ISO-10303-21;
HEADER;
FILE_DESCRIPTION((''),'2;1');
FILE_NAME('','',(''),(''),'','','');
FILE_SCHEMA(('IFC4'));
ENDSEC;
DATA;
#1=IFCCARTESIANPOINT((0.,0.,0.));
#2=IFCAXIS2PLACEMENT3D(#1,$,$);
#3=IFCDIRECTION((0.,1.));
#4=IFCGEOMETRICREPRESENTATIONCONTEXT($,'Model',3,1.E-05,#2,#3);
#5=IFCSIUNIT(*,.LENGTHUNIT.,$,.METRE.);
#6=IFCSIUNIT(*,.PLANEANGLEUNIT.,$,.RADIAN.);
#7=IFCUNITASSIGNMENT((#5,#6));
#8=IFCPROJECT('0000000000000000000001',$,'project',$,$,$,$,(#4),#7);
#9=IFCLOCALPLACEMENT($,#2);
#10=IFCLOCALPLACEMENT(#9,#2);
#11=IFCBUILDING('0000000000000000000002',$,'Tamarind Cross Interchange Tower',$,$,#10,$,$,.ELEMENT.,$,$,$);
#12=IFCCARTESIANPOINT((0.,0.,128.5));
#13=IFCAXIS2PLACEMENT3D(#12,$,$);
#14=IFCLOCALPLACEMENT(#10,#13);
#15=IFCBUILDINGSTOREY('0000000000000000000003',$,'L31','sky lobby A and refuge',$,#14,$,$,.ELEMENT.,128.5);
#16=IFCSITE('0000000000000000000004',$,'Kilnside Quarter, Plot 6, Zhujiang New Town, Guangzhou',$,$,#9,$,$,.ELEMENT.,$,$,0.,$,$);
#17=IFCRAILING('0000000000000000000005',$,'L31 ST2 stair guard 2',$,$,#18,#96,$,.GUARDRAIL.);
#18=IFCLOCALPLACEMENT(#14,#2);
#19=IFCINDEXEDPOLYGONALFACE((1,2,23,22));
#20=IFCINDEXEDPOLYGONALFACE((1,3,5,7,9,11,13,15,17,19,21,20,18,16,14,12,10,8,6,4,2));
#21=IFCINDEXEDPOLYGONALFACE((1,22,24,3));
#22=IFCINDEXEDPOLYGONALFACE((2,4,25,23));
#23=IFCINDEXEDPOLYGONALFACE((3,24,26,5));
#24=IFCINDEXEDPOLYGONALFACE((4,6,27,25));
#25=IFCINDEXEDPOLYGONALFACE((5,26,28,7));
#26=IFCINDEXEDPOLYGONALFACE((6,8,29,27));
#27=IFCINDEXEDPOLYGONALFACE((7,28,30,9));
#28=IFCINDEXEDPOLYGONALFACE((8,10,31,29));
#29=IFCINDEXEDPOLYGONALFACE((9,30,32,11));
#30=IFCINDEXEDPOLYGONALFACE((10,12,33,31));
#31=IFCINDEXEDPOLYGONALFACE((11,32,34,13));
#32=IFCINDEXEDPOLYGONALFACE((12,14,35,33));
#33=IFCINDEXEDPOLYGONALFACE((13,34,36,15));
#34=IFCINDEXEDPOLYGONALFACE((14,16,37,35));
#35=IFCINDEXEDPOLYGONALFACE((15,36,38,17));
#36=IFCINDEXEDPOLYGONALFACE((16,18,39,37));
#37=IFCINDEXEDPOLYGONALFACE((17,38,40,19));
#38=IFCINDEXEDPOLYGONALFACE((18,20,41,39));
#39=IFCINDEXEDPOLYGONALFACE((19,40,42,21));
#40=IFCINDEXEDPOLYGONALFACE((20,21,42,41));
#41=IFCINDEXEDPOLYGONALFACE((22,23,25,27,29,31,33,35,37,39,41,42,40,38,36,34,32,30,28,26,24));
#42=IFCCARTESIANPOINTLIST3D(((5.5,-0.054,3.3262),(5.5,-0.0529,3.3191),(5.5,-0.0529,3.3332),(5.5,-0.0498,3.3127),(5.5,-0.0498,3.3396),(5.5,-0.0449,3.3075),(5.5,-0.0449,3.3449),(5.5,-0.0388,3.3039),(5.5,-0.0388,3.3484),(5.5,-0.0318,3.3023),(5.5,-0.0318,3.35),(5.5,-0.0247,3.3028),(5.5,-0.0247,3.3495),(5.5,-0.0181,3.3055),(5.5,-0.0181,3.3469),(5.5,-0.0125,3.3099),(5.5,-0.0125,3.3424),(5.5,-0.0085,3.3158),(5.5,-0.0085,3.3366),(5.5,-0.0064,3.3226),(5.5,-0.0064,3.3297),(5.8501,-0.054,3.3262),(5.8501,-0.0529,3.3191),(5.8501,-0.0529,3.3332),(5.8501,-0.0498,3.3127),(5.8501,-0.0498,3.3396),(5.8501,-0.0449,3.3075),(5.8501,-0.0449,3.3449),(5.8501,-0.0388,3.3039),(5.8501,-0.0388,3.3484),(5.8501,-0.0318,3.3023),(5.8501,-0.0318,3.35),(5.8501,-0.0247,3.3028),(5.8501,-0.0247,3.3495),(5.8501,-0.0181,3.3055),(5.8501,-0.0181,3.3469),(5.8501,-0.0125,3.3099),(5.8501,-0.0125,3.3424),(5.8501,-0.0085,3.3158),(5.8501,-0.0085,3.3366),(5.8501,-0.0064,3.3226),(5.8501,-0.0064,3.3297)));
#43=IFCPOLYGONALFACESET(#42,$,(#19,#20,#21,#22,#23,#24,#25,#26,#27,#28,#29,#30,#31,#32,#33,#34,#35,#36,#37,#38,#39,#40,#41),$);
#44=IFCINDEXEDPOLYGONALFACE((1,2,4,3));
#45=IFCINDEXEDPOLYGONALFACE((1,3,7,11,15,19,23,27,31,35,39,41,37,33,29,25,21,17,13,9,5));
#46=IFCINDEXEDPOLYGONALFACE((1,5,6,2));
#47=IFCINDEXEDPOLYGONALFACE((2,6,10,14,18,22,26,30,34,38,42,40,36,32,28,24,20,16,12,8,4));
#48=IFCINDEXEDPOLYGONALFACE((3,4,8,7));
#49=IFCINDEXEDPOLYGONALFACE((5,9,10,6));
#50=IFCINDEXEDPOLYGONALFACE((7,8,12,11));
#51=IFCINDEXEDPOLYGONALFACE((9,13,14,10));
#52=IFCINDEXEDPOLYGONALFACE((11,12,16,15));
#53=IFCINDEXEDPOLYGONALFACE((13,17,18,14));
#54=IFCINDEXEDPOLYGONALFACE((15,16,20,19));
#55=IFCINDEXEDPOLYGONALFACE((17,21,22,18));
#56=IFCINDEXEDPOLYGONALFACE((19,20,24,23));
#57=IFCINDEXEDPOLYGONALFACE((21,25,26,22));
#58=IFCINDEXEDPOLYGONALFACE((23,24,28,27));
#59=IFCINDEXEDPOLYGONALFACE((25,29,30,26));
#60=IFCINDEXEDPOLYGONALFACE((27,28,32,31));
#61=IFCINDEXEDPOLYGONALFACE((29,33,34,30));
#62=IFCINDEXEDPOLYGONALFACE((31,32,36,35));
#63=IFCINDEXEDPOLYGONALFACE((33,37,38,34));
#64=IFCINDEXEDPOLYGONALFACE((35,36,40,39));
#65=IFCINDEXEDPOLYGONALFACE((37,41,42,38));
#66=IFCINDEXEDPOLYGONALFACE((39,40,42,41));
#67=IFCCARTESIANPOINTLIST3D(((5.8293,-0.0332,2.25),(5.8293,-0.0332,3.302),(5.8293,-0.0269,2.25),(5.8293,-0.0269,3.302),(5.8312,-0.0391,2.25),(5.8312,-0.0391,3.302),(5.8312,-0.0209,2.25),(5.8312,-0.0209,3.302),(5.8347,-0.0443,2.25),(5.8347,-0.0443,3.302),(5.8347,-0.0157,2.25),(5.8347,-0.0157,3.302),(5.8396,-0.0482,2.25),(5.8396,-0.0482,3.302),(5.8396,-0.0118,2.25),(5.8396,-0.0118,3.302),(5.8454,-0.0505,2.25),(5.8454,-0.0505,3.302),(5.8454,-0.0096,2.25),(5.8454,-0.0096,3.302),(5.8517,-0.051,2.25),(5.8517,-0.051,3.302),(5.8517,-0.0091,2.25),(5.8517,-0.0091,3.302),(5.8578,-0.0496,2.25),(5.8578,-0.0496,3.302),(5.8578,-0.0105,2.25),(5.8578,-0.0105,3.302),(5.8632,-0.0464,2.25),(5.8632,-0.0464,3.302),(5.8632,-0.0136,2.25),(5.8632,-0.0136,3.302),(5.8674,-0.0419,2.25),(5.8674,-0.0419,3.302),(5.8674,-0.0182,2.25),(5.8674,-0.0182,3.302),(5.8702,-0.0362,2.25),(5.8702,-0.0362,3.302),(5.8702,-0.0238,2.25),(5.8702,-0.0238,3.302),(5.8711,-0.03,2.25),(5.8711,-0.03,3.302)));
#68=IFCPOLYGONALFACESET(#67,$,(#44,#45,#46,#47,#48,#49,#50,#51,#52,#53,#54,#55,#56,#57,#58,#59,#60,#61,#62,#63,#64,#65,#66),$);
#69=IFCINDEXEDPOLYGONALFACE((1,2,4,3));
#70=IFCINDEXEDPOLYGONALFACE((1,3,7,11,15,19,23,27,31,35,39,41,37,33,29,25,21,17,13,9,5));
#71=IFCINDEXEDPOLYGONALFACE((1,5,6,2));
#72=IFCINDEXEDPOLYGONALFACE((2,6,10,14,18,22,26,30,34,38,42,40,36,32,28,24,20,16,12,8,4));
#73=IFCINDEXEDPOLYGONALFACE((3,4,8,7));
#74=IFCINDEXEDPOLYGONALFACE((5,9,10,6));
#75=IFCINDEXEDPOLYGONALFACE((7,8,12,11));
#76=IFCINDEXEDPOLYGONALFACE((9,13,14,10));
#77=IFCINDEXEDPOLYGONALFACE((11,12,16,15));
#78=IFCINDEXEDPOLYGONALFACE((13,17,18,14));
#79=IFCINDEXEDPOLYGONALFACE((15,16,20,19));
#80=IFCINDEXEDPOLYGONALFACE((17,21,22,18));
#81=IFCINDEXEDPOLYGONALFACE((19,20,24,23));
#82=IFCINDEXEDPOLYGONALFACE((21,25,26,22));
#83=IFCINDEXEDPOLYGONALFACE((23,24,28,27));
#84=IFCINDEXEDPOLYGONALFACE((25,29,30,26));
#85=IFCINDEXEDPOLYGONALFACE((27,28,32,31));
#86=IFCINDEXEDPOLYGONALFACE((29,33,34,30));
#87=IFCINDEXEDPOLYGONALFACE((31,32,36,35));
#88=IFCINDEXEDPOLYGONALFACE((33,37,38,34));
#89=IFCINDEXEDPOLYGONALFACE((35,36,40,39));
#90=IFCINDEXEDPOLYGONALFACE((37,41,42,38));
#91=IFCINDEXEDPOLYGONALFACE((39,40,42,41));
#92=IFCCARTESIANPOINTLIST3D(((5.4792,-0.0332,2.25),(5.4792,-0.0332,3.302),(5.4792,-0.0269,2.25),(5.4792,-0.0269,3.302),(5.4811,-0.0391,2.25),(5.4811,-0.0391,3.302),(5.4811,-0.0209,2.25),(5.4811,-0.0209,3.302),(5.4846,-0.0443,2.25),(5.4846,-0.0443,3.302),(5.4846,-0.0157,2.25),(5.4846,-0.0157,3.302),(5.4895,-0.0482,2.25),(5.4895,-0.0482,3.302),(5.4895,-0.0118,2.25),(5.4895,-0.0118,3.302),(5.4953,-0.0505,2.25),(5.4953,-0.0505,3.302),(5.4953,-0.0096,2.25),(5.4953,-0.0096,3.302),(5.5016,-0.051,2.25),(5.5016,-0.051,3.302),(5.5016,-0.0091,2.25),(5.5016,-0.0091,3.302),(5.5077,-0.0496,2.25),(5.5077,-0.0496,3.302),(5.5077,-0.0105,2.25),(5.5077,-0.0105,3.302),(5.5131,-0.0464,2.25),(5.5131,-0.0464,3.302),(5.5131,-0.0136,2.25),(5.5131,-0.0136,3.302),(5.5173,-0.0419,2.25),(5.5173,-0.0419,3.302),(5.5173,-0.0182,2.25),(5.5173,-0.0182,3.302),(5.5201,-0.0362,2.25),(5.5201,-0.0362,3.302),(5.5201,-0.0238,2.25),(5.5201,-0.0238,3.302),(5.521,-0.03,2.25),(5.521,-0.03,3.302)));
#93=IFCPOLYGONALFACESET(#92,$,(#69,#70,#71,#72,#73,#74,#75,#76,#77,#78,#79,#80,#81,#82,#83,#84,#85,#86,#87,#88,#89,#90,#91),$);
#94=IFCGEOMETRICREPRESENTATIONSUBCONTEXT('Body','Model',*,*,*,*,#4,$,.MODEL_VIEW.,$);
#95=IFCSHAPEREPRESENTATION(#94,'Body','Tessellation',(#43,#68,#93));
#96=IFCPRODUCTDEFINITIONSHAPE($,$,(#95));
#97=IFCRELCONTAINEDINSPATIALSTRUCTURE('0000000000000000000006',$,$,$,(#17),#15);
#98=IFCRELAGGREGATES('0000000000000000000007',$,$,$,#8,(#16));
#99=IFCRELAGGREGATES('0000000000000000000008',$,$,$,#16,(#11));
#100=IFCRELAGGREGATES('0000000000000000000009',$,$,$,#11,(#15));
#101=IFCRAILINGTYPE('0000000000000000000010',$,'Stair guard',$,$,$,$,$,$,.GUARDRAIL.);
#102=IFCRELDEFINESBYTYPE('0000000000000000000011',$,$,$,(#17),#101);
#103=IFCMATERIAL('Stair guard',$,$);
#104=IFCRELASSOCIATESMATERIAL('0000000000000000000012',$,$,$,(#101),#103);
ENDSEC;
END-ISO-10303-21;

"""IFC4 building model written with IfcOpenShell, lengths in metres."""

from ifc_helpers import new_model, si_unit, direction, frame, origin, origin_2d, place, context, subcontext, project, spatial, circle, extrude, material, type_object, element, save


model = new_model("IFC4")

# Units and contexts
model_context = context("Model", 3, precision=1e-05, world=origin(), true_north=direction((0.0, 1.0)))
body_context = subcontext(model_context, "Body", "Model", "MODEL_VIEW")
ifc_project = project(units=[si_unit("LENGTHUNIT", "METRE"), si_unit("PLANEANGLEUNIT", "RADIAN")], contexts=[model_context])

# Site, building, storey
site_placement = place(None, origin())
site = spatial("IfcSite", under=ifc_project, at=site_placement, Name="Kilnside Quarter, Plot 6, Zhujiang New Town, Guangzhou", CompositionType="ELEMENT", RefElevation=0.0)
building_placement = place(site_placement, origin())
building = spatial("IfcBuilding", under=site, at=building_placement, Name="Tamarind Cross Interchange Tower", CompositionType="ELEMENT")
storey_placement = place(building_placement, frame((0.0, 0.0, 128.5)))
storey = spatial("IfcBuildingStorey", under=building, at=storey_placement, Name="L31", Description="sky lobby A and refuge", CompositionType="ELEMENT", Elevation=128.5)

# Railing
ifc_material_1 = material(Name="Stair guard")
railing_type_1 = type_object("IfcRailingType", Name="Stair guard", PredefinedType="GUARDRAIL", material=ifc_material_1)
railing_1_placement = place(storey_placement, frame((5.8501, -0.03, 2.25)))
element("IfcRailing", 1, at=railing_1_placement, inside=storey, type_object=railing_type_1, Name="L31 ST2 stair guard 2", PredefinedType="GUARDRAIL", context=body_context, shape_type="SweptSolid", body=[
    extrude(circle(Radius=0.0239, at=origin_2d()), frame((0.0, 0.0, 1.0762), z_axis=(-1.0, 0.0, 0.0), x_axis=(0.0, -1.0, 0.0)), (0.0, 0.0, 1.0), 0.3501),
    extrude(circle(Radius=0.021, at=origin_2d()), origin(), (0.0, 0.0, 1.0), 1.052),
    extrude(circle(Radius=0.021, at=origin_2d()), frame((-0.3501, 0.0, 0.0)), (0.0, 0.0, 1.0), 1.052),
])

save(model, "model.ifc")
